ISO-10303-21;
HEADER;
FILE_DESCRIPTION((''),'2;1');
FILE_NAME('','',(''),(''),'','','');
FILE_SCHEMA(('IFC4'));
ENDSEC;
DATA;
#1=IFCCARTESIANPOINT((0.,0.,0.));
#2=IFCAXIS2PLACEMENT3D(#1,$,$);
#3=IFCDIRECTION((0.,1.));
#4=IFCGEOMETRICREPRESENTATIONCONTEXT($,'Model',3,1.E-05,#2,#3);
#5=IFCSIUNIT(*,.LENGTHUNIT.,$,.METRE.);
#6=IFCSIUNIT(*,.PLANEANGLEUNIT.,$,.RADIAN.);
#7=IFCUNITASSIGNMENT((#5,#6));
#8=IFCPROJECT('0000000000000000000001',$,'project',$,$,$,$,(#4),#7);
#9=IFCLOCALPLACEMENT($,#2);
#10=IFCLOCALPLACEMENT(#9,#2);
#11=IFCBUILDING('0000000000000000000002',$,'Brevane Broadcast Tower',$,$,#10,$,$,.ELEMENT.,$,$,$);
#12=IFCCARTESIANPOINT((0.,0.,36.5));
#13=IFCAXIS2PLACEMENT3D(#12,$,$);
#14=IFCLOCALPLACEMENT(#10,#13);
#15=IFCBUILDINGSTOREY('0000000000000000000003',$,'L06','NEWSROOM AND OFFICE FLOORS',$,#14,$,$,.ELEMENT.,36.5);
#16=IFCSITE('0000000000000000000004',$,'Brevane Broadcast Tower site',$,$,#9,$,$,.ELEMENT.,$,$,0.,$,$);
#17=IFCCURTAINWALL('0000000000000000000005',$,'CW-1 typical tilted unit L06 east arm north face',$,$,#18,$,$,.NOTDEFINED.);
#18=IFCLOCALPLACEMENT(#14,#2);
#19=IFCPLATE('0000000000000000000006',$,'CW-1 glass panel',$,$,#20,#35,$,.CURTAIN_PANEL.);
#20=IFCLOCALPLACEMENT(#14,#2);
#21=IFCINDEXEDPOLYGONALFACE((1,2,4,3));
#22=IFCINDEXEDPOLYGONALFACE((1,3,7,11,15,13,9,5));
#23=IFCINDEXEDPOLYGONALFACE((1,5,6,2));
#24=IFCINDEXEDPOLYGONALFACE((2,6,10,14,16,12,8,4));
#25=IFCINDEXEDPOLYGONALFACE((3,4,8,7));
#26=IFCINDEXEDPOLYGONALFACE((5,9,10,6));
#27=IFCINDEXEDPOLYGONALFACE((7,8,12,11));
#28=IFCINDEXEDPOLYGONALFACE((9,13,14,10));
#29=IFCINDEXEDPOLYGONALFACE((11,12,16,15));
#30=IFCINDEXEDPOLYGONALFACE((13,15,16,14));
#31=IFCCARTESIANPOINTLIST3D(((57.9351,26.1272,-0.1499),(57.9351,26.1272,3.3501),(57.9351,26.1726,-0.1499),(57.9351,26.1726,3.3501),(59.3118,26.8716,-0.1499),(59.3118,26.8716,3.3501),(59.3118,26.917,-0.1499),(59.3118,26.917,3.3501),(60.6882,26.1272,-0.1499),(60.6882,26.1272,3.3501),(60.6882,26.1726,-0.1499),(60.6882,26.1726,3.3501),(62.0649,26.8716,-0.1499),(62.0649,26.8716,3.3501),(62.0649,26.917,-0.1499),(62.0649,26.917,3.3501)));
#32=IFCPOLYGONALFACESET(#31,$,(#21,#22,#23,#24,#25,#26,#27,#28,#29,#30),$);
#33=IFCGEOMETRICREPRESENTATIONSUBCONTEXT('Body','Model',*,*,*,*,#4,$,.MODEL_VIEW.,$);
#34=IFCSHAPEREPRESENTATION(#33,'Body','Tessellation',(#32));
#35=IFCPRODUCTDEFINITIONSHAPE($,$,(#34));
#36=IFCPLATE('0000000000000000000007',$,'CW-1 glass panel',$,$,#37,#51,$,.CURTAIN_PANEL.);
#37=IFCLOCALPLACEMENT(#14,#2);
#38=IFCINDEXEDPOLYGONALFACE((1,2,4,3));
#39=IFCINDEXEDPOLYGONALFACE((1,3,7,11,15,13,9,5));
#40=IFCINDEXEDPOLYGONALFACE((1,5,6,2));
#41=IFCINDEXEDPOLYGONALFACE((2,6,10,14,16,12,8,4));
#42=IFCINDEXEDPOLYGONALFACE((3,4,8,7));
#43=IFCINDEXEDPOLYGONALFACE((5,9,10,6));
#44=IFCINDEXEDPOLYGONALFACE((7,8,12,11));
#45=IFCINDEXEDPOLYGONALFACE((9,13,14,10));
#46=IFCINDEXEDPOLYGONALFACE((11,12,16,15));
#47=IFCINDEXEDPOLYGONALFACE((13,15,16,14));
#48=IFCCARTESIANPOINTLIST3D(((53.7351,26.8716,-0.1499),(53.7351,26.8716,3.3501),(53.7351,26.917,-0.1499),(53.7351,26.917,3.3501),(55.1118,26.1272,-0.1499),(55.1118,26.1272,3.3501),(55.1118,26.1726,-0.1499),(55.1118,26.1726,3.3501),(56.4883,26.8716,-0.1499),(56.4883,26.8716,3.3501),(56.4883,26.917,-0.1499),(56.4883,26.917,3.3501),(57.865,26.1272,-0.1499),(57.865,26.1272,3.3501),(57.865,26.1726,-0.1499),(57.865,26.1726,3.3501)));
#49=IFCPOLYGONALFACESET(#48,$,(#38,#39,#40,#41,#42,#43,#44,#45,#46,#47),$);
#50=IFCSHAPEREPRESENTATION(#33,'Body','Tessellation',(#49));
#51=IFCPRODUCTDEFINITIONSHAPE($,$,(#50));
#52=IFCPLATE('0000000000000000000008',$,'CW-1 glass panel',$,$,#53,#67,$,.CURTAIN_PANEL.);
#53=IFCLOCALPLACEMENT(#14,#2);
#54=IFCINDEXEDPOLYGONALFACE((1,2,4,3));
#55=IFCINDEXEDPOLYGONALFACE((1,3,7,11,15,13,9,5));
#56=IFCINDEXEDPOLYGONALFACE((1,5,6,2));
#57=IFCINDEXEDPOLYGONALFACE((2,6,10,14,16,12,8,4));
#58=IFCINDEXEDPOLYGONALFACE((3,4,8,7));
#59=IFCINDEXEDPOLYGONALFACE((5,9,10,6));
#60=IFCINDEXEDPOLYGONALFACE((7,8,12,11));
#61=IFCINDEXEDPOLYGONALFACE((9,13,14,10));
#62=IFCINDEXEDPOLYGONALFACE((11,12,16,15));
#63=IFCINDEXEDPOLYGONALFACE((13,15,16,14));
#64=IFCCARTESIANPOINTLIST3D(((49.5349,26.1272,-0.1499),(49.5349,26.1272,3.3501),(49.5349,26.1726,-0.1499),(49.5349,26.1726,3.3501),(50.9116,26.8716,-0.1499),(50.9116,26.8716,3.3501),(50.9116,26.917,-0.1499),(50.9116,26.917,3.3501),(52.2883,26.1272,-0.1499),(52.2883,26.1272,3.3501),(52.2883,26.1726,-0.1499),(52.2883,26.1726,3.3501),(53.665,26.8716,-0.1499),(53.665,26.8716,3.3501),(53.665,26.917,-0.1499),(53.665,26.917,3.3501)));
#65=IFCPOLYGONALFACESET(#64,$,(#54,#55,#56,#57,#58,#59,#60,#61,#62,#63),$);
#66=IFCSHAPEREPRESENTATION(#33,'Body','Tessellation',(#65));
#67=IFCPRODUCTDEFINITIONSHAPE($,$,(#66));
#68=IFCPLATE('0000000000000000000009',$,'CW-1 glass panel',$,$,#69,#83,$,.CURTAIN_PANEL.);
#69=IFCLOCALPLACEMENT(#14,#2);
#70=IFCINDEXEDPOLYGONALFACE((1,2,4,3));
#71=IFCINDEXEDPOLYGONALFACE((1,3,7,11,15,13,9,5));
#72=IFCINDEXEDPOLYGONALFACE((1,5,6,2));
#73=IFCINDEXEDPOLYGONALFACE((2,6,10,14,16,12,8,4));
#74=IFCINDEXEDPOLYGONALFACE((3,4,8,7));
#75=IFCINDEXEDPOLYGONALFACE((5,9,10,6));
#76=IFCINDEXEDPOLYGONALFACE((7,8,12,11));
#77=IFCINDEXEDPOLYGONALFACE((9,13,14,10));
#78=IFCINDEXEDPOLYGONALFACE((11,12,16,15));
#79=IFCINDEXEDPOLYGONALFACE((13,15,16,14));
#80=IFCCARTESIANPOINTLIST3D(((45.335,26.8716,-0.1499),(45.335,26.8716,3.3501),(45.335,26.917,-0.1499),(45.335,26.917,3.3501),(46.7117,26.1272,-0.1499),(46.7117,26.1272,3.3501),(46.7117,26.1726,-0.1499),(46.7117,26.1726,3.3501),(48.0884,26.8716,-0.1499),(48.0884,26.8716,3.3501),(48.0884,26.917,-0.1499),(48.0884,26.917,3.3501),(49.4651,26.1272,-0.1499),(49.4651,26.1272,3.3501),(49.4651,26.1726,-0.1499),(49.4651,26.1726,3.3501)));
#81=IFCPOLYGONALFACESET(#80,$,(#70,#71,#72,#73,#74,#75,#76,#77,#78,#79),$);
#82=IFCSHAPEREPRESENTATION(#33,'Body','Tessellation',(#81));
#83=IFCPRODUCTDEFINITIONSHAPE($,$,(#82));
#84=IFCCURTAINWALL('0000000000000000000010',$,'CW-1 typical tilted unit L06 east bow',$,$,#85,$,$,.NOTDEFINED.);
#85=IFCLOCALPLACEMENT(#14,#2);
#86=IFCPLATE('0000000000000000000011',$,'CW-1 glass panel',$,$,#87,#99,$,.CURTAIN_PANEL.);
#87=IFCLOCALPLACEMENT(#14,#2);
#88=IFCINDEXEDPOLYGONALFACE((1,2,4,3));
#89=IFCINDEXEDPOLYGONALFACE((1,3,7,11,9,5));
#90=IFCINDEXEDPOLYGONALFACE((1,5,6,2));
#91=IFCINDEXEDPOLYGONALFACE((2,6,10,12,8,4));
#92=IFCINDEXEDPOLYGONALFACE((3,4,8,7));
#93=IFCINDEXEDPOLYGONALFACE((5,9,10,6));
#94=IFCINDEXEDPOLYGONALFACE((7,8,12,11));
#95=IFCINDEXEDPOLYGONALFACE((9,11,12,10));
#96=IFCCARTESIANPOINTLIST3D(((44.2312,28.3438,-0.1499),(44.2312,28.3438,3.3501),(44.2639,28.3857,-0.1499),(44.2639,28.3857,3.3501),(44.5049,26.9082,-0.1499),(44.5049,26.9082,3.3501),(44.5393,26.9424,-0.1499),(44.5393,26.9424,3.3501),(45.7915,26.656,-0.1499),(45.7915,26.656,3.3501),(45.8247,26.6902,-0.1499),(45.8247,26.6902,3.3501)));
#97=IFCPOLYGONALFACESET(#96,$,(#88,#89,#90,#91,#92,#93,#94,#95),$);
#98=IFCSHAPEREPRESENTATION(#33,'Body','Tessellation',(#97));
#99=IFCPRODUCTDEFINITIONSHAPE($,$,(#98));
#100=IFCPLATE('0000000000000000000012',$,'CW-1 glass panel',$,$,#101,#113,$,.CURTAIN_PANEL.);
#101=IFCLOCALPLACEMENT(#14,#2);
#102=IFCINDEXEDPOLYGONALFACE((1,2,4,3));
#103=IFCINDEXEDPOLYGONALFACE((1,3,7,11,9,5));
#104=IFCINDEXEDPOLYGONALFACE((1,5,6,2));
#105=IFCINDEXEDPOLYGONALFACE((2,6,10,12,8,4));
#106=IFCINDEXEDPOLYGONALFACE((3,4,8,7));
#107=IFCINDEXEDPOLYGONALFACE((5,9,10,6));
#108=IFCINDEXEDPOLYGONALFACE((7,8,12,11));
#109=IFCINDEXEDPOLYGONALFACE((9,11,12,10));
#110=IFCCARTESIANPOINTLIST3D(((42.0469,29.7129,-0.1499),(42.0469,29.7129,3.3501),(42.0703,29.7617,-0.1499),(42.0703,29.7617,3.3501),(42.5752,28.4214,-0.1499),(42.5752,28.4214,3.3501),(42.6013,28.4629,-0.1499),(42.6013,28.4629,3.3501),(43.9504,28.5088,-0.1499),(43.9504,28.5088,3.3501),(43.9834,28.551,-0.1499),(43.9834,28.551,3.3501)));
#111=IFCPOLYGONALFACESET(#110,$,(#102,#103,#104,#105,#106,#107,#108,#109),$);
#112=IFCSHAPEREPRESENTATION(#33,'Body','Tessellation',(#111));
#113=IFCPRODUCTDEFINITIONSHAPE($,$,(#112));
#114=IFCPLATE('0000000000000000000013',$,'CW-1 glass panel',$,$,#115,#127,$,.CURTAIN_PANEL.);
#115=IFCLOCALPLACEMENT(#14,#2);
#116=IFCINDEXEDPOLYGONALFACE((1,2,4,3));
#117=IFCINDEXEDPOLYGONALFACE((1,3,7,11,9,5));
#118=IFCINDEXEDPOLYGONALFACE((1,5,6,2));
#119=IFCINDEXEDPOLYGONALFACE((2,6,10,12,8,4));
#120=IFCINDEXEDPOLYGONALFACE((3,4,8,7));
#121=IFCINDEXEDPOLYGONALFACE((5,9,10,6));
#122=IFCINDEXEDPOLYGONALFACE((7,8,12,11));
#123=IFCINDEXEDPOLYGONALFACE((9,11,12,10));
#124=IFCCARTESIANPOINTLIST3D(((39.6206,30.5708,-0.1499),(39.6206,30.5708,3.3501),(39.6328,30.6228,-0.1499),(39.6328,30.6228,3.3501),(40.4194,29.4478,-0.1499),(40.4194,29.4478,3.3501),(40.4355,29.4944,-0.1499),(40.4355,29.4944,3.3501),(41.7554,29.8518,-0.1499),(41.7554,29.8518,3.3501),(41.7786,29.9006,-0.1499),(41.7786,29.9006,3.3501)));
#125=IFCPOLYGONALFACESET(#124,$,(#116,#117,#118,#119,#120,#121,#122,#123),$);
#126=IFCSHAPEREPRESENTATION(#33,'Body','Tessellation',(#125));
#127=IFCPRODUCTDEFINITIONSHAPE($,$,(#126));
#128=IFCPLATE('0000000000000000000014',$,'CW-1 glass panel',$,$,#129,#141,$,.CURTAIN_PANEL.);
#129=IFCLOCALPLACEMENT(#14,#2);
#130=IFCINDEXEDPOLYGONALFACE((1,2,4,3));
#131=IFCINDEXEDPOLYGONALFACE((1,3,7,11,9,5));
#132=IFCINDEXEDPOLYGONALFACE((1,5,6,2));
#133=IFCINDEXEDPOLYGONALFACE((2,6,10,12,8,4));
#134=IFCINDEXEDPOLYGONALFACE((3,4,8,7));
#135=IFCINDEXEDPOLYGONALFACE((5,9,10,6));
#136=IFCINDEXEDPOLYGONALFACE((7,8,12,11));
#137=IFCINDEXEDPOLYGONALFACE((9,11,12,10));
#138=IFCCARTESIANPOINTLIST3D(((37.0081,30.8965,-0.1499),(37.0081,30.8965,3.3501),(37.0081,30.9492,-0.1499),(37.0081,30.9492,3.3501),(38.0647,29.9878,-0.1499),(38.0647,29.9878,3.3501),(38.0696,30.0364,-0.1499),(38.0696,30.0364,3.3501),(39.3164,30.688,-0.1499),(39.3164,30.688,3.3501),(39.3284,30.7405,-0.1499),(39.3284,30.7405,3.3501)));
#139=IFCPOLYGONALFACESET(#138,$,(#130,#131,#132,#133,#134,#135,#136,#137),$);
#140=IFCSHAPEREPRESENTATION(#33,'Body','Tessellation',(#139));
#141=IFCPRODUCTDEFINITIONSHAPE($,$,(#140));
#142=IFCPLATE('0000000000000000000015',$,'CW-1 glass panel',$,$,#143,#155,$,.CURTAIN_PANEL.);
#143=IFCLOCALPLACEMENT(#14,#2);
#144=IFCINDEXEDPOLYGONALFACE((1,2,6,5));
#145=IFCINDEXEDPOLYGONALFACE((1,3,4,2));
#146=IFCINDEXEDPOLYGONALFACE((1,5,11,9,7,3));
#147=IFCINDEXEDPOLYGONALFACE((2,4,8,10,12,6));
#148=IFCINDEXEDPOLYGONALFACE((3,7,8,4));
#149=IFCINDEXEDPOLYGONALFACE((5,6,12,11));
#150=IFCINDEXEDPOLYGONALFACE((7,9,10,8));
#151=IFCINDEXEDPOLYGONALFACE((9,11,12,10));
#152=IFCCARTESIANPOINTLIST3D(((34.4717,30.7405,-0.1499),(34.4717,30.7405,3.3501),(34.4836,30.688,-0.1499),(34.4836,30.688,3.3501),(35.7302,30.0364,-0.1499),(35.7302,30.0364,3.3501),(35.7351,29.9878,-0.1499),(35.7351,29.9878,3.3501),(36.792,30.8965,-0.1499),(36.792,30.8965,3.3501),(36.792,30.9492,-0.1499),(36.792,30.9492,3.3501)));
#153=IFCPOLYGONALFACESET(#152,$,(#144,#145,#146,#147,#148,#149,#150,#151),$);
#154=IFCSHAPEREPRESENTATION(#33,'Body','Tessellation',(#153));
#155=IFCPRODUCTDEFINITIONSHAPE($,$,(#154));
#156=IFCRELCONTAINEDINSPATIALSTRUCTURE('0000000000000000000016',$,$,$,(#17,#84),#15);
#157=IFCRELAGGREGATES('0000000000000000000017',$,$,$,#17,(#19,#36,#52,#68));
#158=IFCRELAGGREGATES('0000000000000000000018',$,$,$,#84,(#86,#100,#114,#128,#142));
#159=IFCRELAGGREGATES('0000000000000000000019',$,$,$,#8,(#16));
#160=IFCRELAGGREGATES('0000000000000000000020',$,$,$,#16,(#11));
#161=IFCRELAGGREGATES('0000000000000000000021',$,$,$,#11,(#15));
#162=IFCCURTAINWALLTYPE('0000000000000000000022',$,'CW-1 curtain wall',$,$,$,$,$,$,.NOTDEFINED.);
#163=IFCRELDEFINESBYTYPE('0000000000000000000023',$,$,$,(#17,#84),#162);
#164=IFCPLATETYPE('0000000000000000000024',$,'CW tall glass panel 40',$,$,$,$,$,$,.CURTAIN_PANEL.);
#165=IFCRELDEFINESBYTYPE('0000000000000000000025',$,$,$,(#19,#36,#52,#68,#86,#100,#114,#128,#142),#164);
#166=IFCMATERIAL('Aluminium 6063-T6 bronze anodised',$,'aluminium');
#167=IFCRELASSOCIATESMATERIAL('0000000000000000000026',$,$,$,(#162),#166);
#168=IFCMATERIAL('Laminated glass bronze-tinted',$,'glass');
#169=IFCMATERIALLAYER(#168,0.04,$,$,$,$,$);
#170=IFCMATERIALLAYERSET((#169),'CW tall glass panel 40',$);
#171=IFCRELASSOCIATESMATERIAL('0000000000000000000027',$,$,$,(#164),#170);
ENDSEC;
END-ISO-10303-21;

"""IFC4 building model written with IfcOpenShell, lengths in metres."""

from ifc_helpers import new_model, si_unit, direction, frame, origin, place, context, subcontext, project, spatial, polyline, outline, extrude, material, layer, layer_set, type_object, element, aggregate, save


model = new_model("IFC4")

# Units and contexts
model_context = context("Model", 3, precision=1e-05, world=origin(), true_north=direction((0.0, 1.0)))
body_context = subcontext(model_context, "Body", "Model", "MODEL_VIEW")
ifc_project = project(units=[si_unit("LENGTHUNIT", "METRE"), si_unit("PLANEANGLEUNIT", "RADIAN")], contexts=[model_context])

# Site, building, storey
site_placement = place(None, origin())
site = spatial("IfcSite", under=ifc_project, at=site_placement, Name="Brevane Broadcast Tower site", CompositionType="ELEMENT", RefElevation=0.0)
building_placement = place(site_placement, origin())
building = spatial("IfcBuilding", under=site, at=building_placement, Name="Brevane Broadcast Tower", CompositionType="ELEMENT")
storey_placement = place(building_placement, frame((0.0, 0.0, 36.5)))
storey = spatial("IfcBuildingStorey", under=building, at=storey_placement, Name="L06", Description="NEWSROOM AND OFFICE FLOORS", CompositionType="ELEMENT", Elevation=36.5)

# Curtain walls, plates
ifc_material_1 = material(Name="Aluminium 6063-T6 bronze anodised", Category="aluminium")
curtain_wall_type = type_object("IfcCurtainWallType", Name="CW-1 curtain wall", PredefinedType="NOTDEFINED", material=ifc_material_1)
ifc_material_2 = material(Name="Laminated glass bronze-tinted", Category="glass")
ifc_layer = layer(ifc_material_2, 0.04)
ifc_layer_set = layer_set([ifc_layer], Name="CW tall glass panel 40")
plate_type = type_object("IfcPlateType", Name="CW tall glass panel 40", PredefinedType="CURTAIN_PANEL", material=ifc_layer_set)
curtain_wall_1_placement = place(storey_placement, origin())
curtain_wall_1 = element("IfcCurtainWall", 1, at=curtain_wall_1_placement, inside=storey, type_object=curtain_wall_type, Name="CW-1 typical tilted unit L06 east arm north face", PredefinedType="NOTDEFINED")
plate_1_placement = place(storey_placement, frame((0.0, 0.0, -0.1499)))
plate_1 = element("IfcPlate", 2, at=plate_1_placement, type_object=plate_type, Name="CW-1 glass panel", PredefinedType="CURTAIN_PANEL", context=body_context, shape_type="SweptSolid", body=[
    extrude(outline(polyline([(62.0649, 26.8716), (62.0649, 26.917), (60.6882, 26.1726), (59.3118, 26.917), (57.9351, 26.1726), (57.9351, 26.1272), (59.3118, 26.8716), (60.6882, 26.1272), (62.0649, 26.8716)])), origin(), (0.0, 0.0, 1.0), 3.5),
])
plate_2_placement = place(storey_placement, frame((0.0, 0.0, -0.1499)))
plate_2 = element("IfcPlate", 3, at=plate_2_placement, type_object=plate_type, Name="CW-1 glass panel", PredefinedType="CURTAIN_PANEL", context=body_context, shape_type="SweptSolid", body=[
    extrude(outline(polyline([(57.865, 26.1272), (57.865, 26.1726), (56.4883, 26.917), (55.1118, 26.1726), (53.7351, 26.917), (53.7351, 26.8716), (55.1118, 26.1272), (56.4883, 26.8716), (57.865, 26.1272)])), origin(), (0.0, 0.0, 1.0), 3.5),
])
plate_3_placement = place(storey_placement, frame((0.0, 0.0, -0.1499)))
plate_3 = element("IfcPlate", 4, at=plate_3_placement, type_object=plate_type, Name="CW-1 glass panel", PredefinedType="CURTAIN_PANEL", context=body_context, shape_type="SweptSolid", body=[
    extrude(outline(polyline([(53.665, 26.8716), (53.665, 26.917), (52.2883, 26.1726), (50.9116, 26.917), (49.5349, 26.1726), (49.5349, 26.1272), (50.9116, 26.8716), (52.2883, 26.1272), (53.665, 26.8716)])), origin(), (0.0, 0.0, 1.0), 3.5),
])
plate_4_placement = place(storey_placement, frame((0.0, 0.0, -0.1499)))
plate_4 = element("IfcPlate", 5, at=plate_4_placement, type_object=plate_type, Name="CW-1 glass panel", PredefinedType="CURTAIN_PANEL", context=body_context, shape_type="SweptSolid", body=[
    extrude(outline(polyline([(49.4651, 26.1272), (49.4651, 26.1726), (48.0884, 26.917), (46.7117, 26.1726), (45.335, 26.917), (45.335, 26.8716), (46.7117, 26.1272), (48.0884, 26.8716), (49.4651, 26.1272)])), origin(), (0.0, 0.0, 1.0), 3.5),
])
aggregate(curtain_wall_1, [plate_1, plate_2, plate_3, plate_4])
curtain_wall_2_placement = place(storey_placement, origin())
curtain_wall_2 = element("IfcCurtainWall", 6, at=curtain_wall_2_placement, inside=storey, type_object=curtain_wall_type, Name="CW-1 typical tilted unit L06 east bow", PredefinedType="NOTDEFINED")
plate_5_placement = place(storey_placement, frame((0.0, 0.0, -0.1499)))
plate_5 = element("IfcPlate", 7, at=plate_5_placement, type_object=plate_type, Name="CW-1 glass panel", PredefinedType="CURTAIN_PANEL", context=body_context, shape_type="SweptSolid", body=[
    extrude(outline(polyline([(45.7915, 26.656), (45.8247, 26.6902), (44.5393, 26.9424), (44.2639, 28.3857), (44.2312, 28.3438), (44.5049, 26.9082), (45.7915, 26.656)])), origin(), (0.0, 0.0, 1.0), 3.5),
])
plate_6_placement = place(storey_placement, frame((0.0, 0.0, -0.1499)))
plate_6 = element("IfcPlate", 8, at=plate_6_placement, type_object=plate_type, Name="CW-1 glass panel", PredefinedType="CURTAIN_PANEL", context=body_context, shape_type="SweptSolid", body=[
    extrude(outline(polyline([(43.9504, 28.5088), (43.9834, 28.551), (42.6013, 28.4629), (42.0703, 29.7617), (42.0469, 29.7129), (42.5752, 28.4214), (43.9504, 28.5088)])), origin(), (0.0, 0.0, 1.0), 3.5),
])
plate_7_placement = place(storey_placement, frame((0.0, 0.0, -0.1499)))
plate_7 = element("IfcPlate", 9, at=plate_7_placement, type_object=plate_type, Name="CW-1 glass panel", PredefinedType="CURTAIN_PANEL", context=body_context, shape_type="SweptSolid", body=[
    extrude(outline(polyline([(41.7554, 29.8518), (41.7786, 29.9006), (40.4355, 29.4944), (39.6328, 30.6228), (39.6206, 30.5708), (40.4194, 29.4478), (41.7554, 29.8518)])), origin(), (0.0, 0.0, 1.0), 3.5),
])
plate_8_placement = place(storey_placement, frame((0.0, 0.0, -0.1499)))
plate_8 = element("IfcPlate", 10, at=plate_8_placement, type_object=plate_type, Name="CW-1 glass panel", PredefinedType="CURTAIN_PANEL", context=body_context, shape_type="SweptSolid", body=[
    extrude(outline(polyline([(39.3164, 30.688), (39.3284, 30.7405), (38.0696, 30.0364), (37.0081, 30.9492), (37.0081, 30.8965), (38.0647, 29.9878), (39.3164, 30.688)])), origin(), (0.0, 0.0, 1.0), 3.5),
])
plate_9_placement = place(storey_placement, frame((0.0, 0.0, -0.1499)))
plate_9 = element("IfcPlate", 11, at=plate_9_placement, type_object=plate_type, Name="CW-1 glass panel", PredefinedType="CURTAIN_PANEL", context=body_context, shape_type="SweptSolid", body=[
    extrude(outline(polyline([(36.792, 30.8965), (36.792, 30.9492), (35.7302, 30.0364), (34.4717, 30.7405), (34.4836, 30.688), (35.7351, 29.9878), (36.792, 30.8965)])), origin(), (0.0, 0.0, 1.0), 3.5),
])
aggregate(curtain_wall_2, [plate_5, plate_6, plate_7, plate_8, plate_9])

save(model, "model.ifc")
